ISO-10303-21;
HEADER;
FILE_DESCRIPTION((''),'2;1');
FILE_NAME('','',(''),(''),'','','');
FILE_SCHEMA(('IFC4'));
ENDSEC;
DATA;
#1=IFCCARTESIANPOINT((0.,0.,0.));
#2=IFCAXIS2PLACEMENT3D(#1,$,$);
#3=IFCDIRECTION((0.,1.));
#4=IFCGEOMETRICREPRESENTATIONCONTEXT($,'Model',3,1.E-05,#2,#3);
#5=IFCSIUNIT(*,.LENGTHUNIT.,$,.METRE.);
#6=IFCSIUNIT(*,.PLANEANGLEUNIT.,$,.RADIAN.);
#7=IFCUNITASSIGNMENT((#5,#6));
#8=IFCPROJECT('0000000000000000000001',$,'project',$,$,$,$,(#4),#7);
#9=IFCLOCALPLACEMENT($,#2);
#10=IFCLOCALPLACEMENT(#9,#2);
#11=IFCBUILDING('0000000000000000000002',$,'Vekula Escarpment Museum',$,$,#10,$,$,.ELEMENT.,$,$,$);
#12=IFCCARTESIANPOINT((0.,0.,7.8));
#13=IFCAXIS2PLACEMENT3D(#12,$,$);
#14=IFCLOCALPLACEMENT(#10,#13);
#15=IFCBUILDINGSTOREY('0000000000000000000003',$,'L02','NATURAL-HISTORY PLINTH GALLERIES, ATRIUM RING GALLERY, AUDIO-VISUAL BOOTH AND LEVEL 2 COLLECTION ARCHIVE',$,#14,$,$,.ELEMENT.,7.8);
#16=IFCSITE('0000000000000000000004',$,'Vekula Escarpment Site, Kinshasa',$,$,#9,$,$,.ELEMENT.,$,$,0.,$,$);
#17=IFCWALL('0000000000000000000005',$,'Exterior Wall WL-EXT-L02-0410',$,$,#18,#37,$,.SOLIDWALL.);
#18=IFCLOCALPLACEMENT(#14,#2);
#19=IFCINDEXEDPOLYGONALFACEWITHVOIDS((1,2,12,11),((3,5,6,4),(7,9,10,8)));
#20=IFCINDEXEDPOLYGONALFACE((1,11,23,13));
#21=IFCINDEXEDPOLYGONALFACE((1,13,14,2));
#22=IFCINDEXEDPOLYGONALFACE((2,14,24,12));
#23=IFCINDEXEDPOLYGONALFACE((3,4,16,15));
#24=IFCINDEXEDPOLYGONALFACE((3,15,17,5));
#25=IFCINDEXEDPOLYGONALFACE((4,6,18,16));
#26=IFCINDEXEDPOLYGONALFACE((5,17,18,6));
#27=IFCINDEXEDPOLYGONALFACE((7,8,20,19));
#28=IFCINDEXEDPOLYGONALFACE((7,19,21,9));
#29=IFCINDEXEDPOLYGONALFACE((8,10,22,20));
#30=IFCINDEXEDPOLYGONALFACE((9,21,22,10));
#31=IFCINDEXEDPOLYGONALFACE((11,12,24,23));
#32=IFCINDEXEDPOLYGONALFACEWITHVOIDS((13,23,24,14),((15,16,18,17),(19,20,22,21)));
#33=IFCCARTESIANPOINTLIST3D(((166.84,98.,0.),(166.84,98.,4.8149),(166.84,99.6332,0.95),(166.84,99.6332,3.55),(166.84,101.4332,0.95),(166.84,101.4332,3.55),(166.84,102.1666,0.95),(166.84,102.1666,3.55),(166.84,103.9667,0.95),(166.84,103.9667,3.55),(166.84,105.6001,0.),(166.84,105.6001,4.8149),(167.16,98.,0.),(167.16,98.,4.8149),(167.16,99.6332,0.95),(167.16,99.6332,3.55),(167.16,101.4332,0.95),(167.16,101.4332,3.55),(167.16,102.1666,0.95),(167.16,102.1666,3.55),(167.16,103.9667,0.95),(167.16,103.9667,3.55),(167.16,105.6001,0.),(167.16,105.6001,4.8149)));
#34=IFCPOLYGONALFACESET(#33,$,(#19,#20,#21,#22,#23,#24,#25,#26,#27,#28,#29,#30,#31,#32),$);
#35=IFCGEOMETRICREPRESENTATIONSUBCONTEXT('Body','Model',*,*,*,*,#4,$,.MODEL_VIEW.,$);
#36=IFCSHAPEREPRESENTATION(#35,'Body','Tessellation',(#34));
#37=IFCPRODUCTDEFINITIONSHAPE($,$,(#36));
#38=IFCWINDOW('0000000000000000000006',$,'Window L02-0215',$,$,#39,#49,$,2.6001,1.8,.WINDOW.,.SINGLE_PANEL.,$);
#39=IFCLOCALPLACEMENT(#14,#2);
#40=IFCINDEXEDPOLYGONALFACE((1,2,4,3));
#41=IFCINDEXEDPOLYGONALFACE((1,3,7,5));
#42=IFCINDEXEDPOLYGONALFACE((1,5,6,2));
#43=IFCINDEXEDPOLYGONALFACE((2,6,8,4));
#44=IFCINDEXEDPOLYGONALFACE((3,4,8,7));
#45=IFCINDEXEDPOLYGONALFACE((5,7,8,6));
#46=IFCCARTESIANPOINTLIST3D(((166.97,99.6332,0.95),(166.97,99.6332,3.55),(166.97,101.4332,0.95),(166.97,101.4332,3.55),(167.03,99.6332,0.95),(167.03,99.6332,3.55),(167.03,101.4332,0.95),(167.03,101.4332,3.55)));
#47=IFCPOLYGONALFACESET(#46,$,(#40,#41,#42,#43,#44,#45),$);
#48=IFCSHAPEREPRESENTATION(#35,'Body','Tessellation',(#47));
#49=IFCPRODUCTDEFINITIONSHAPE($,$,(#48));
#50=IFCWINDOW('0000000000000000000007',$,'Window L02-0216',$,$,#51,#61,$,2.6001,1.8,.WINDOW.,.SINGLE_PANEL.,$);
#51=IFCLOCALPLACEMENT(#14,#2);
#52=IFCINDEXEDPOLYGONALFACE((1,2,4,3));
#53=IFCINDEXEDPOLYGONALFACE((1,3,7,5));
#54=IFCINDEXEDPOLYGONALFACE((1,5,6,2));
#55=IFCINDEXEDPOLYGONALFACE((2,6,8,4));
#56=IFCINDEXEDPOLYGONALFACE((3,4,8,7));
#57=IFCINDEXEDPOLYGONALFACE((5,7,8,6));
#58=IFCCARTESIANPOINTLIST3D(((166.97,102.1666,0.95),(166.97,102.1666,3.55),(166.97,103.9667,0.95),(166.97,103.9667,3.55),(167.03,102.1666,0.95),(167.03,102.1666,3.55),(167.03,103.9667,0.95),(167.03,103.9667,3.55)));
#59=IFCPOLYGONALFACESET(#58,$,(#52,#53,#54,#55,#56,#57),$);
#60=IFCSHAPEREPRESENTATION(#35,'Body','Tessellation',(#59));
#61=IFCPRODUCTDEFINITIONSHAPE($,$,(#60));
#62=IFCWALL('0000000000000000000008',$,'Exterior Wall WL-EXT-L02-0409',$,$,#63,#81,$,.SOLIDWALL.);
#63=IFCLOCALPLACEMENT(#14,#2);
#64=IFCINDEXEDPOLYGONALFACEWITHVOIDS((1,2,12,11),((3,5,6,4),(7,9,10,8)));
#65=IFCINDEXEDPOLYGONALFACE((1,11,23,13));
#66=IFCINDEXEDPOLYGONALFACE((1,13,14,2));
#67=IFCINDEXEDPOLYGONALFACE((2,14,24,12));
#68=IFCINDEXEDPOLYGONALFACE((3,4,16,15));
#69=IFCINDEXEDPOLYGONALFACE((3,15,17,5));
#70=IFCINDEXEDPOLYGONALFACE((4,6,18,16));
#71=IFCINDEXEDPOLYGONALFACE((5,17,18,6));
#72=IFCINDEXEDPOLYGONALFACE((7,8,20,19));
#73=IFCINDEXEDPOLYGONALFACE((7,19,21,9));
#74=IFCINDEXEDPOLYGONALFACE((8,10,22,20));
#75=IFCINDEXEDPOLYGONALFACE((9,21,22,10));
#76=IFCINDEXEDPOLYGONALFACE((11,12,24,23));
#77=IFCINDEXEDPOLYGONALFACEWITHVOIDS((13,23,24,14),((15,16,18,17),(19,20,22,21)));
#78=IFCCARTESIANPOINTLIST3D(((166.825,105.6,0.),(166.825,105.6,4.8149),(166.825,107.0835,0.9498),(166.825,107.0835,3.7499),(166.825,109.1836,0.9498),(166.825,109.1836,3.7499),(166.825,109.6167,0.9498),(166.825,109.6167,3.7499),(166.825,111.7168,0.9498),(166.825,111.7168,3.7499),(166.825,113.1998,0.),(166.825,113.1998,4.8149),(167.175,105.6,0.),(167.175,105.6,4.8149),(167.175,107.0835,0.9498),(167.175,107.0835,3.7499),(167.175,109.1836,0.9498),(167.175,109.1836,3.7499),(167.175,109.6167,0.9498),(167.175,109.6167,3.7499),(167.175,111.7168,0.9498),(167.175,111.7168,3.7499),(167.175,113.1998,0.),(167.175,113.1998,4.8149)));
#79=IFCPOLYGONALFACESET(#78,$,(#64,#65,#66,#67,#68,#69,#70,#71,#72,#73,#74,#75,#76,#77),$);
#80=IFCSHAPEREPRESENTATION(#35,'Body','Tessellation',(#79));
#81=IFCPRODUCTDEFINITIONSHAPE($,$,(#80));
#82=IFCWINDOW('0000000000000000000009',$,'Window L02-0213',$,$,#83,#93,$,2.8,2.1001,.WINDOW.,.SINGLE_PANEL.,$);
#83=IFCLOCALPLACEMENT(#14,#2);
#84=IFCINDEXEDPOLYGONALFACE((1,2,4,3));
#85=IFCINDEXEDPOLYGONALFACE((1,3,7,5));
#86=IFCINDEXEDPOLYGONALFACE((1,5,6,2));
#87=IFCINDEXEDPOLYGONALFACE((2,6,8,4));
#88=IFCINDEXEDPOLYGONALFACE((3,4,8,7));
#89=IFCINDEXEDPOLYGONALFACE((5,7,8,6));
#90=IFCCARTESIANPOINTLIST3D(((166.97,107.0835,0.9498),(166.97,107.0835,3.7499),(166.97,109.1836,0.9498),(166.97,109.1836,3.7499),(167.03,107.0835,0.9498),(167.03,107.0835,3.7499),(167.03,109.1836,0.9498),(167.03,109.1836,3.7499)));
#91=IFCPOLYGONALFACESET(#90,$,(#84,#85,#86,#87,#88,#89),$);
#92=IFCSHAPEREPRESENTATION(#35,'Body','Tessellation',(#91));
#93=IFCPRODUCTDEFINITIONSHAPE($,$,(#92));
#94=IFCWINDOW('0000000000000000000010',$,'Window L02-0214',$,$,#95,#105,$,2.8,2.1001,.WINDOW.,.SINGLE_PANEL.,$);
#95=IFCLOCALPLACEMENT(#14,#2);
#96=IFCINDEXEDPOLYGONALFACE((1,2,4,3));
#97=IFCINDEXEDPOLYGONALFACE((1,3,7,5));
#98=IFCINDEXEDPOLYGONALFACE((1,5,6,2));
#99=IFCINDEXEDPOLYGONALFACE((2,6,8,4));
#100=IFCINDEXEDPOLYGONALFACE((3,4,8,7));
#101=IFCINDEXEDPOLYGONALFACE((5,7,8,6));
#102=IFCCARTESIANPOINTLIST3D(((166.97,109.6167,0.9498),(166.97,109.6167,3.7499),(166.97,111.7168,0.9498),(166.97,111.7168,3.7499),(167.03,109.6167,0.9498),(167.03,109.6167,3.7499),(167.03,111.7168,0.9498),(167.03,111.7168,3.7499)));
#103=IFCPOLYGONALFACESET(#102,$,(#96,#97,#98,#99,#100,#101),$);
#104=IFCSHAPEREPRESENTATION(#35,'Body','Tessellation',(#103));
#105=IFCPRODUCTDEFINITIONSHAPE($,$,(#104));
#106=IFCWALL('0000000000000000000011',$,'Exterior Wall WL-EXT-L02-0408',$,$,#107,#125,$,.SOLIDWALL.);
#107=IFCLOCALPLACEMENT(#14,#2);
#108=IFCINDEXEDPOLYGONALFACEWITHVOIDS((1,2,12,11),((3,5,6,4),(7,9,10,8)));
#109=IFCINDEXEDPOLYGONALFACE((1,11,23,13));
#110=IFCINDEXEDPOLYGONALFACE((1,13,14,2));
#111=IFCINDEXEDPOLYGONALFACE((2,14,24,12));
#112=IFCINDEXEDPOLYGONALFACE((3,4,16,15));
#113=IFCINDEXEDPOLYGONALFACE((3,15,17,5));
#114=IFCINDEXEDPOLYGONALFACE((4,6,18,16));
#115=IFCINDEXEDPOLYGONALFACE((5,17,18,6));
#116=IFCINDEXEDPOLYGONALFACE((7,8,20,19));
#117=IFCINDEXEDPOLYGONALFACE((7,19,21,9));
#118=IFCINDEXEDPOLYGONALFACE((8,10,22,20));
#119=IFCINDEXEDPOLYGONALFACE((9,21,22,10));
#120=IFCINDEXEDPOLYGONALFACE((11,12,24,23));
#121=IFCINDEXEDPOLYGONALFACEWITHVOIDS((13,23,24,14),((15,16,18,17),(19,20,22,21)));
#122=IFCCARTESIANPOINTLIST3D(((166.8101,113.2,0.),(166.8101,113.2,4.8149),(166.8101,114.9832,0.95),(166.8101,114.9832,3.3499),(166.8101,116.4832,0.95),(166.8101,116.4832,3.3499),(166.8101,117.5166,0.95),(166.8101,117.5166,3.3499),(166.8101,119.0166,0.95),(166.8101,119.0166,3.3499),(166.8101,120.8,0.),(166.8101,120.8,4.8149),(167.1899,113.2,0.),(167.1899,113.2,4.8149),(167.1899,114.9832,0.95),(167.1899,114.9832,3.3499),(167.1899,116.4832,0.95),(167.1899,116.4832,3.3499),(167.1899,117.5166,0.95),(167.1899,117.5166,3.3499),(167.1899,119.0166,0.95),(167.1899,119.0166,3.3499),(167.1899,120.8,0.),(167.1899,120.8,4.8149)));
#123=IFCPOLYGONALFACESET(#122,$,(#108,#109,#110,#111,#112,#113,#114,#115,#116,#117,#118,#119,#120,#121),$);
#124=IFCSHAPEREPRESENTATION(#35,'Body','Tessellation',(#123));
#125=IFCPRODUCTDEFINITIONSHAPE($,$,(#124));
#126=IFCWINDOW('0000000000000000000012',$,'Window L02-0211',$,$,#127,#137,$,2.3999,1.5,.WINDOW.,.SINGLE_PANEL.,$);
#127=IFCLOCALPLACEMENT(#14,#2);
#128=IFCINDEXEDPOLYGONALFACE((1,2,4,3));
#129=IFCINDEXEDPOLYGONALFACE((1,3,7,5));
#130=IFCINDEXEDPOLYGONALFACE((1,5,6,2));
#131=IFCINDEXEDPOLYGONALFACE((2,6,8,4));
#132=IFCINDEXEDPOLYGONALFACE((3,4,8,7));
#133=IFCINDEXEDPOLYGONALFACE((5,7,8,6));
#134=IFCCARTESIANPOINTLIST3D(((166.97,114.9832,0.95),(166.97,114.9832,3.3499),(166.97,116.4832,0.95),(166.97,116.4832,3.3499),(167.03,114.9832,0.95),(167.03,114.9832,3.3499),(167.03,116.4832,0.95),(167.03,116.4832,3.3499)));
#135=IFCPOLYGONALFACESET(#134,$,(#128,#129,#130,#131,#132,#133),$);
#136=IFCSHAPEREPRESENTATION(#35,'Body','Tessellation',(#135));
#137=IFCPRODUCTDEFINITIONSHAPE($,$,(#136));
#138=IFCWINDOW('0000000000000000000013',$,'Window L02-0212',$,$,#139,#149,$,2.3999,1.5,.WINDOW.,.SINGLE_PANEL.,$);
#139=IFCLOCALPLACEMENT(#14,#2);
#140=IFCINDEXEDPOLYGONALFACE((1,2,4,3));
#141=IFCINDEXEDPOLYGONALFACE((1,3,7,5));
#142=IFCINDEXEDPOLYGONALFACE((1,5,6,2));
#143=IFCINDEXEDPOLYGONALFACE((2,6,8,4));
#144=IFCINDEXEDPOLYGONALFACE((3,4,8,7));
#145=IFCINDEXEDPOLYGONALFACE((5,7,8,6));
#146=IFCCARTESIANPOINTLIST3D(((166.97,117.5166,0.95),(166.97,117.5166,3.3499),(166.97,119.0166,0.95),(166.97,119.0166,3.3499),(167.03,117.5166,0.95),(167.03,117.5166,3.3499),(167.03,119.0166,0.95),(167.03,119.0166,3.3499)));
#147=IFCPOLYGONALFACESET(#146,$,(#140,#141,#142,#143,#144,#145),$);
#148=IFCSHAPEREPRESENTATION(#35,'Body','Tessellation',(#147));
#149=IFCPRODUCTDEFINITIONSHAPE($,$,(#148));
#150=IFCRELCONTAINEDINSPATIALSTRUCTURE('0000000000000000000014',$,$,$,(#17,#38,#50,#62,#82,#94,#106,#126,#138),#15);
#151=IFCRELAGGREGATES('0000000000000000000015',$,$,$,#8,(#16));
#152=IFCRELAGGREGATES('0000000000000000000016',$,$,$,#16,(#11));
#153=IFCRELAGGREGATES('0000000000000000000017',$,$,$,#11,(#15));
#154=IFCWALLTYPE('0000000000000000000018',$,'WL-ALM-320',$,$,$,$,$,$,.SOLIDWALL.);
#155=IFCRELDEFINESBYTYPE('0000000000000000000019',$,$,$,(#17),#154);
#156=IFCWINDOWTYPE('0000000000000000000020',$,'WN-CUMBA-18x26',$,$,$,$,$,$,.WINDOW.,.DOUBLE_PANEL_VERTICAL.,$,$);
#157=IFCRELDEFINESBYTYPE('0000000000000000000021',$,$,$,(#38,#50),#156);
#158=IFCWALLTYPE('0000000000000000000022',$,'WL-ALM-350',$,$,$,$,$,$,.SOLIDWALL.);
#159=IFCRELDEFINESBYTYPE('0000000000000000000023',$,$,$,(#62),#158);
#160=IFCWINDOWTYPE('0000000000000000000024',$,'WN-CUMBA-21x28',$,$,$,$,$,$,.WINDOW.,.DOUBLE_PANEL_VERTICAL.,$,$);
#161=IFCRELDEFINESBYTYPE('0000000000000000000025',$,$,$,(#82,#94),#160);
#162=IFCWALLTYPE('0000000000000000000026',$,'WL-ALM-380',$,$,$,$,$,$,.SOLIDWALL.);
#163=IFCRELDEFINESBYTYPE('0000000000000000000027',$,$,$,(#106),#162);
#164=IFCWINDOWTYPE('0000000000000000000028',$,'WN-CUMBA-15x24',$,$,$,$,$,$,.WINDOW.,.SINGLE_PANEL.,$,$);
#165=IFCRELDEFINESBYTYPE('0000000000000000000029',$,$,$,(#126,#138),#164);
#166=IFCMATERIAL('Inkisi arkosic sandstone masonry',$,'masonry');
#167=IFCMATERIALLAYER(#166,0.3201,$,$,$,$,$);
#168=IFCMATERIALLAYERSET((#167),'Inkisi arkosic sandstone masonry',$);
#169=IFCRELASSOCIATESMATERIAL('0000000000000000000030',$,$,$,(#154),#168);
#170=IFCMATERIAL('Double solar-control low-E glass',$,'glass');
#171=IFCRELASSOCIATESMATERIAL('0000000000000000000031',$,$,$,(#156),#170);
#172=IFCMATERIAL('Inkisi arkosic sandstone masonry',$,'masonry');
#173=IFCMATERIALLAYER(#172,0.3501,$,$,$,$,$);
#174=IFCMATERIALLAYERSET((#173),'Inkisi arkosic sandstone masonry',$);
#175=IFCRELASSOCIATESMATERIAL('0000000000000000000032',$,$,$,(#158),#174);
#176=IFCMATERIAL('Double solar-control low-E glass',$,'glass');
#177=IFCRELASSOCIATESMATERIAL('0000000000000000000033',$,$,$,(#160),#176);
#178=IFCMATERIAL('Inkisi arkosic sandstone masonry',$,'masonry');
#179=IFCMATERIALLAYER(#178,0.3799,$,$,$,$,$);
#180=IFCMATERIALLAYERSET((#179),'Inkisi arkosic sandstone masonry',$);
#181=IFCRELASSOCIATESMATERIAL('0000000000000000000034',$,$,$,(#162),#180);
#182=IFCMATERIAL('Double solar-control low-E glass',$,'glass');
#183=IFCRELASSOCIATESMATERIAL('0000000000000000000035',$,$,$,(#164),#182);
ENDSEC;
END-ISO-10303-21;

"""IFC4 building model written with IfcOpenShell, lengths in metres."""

from ifc_helpers import new_model, si_unit, direction, frame, frame_2d, origin, place, context, subcontext, project, spatial, rectangle, extrude, material, layer, layer_set, type_object, element, fill, save


model = new_model("IFC4")

# Units and contexts
model_context = context("Model", 3, precision=1e-05, world=origin(), true_north=direction((0.0, 1.0)))
body_context = subcontext(model_context, "Body", "Model", "MODEL_VIEW")
ifc_project = project(units=[si_unit("LENGTHUNIT", "METRE"), si_unit("PLANEANGLEUNIT", "RADIAN")], contexts=[model_context])

# Site, building, storey
site_placement = place(None, origin())
site = spatial("IfcSite", under=ifc_project, at=site_placement, Name="Vekula Escarpment Site, Kinshasa", CompositionType="ELEMENT", RefElevation=0.0)
building_placement = place(site_placement, origin())
building = spatial("IfcBuilding", under=site, at=building_placement, Name="Vekula Escarpment Museum", CompositionType="ELEMENT")
storey_placement = place(building_placement, frame((0.0, 0.0, 7.8)))
storey = spatial("IfcBuildingStorey", under=building, at=storey_placement, Name="L02", Description="NATURAL-HISTORY PLINTH GALLERIES, ATRIUM RING GALLERY, AUDIO-VISUAL BOOTH AND LEVEL 2 COLLECTION ARCHIVE", CompositionType="ELEMENT", Elevation=7.8)

# Walls, openings, windows
ifc_material_1 = material(Name="Inkisi arkosic sandstone masonry", Category="masonry")
ifc_layer_1 = layer(ifc_material_1, 0.3201)
ifc_layer_set_1 = layer_set([ifc_layer_1], Name="Inkisi arkosic sandstone masonry")
wall_type_1 = type_object("IfcWallType", Name="WL-ALM-320", PredefinedType="SOLIDWALL", material=ifc_layer_set_1)
wall_1_placement = place(storey_placement, frame((167.0, 98.0, 0.0), z_axis=(0.0, 0.0, 1.0), x_axis=(0.0, 1.0, 0.0)))
wall_1 = element("IfcWall", 1, at=wall_1_placement, inside=storey, type_object=wall_type_1, Name="Exterior Wall WL-EXT-L02-0410", PredefinedType="SOLIDWALL", context=body_context, shape_type="SweptSolid", body=[
    extrude(rectangle(XDim=7.6001, YDim=0.3201, at=frame_2d((3.8, 0.0))), origin(), (0.0, 0.0, 1.0), 4.8149),
])
opening_1_placement = place(wall_1_placement, frame((1.6333, 0.0, 0.95)))
opening_1 = element("IfcOpeningElement", 2, at=opening_1_placement, cuts=wall_1, PredefinedType="OPENING", context=body_context, shape_type="SweptSolid", body=[
    extrude(rectangle(XDim=1.8, YDim=2.6001, at=frame_2d((0.8999, 1.3))), frame((0.0, 0.1699, 0.0), z_axis=(0.0, -1.0, 0.0), x_axis=(1.0, 0.0, 0.0)), (0.0, 0.0, 1.0), 0.3401),
])
opening_2_placement = place(wall_1_placement, frame((4.1667, 0.0, 0.95)))
opening_2 = element("IfcOpeningElement", 3, at=opening_2_placement, cuts=wall_1, PredefinedType="OPENING", context=body_context, shape_type="SweptSolid", body=[
    extrude(rectangle(XDim=1.8, YDim=2.6001, at=frame_2d((0.8999, 1.3))), frame((0.0, 0.1699, 0.0), z_axis=(0.0, -1.0, 0.0), x_axis=(1.0, 0.0, 0.0)), (0.0, 0.0, 1.0), 0.3401),
])
ifc_material_2 = material(Name="Double solar-control low-E glass", Category="glass")
window_type_1 = type_object("IfcWindowType", Name="WN-CUMBA-18x26", PartitioningType="DOUBLE_PANEL_VERTICAL", PredefinedType="WINDOW", material=ifc_material_2)
window_1_placement = place(opening_1_placement, origin())
window_1 = element("IfcWindow", 4, at=window_1_placement, inside=storey, type_object=window_type_1, Name="Window L02-0215", OverallHeight=2.6001, OverallWidth=1.8, PartitioningType="SINGLE_PANEL", PredefinedType="WINDOW", context=body_context, shape_type="SweptSolid", body=[
    extrude(rectangle(XDim=1.8, YDim=2.6001, at=frame_2d((0.8999, 1.3))), frame((0.0, 0.03, 0.0), z_axis=(0.0, -1.0, 0.0), x_axis=(1.0, 0.0, 0.0)), (0.0, 0.0, 1.0), 0.0601),
])
fill(opening_1, window_1)
window_2_placement = place(opening_2_placement, origin())
window_2 = element("IfcWindow", 5, at=window_2_placement, inside=storey, type_object=window_type_1, Name="Window L02-0216", OverallHeight=2.6001, OverallWidth=1.8, PartitioningType="SINGLE_PANEL", PredefinedType="WINDOW", context=body_context, shape_type="SweptSolid", body=[
    extrude(rectangle(XDim=1.8, YDim=2.6001, at=frame_2d((0.8999, 1.3))), frame((0.0, 0.03, 0.0), z_axis=(0.0, -1.0, 0.0), x_axis=(1.0, 0.0, 0.0)), (0.0, 0.0, 1.0), 0.0601),
])
fill(opening_2, window_2)
ifc_material_3 = material(Name="Inkisi arkosic sandstone masonry", Category="masonry")
ifc_layer_2 = layer(ifc_material_3, 0.3501)
ifc_layer_set_2 = layer_set([ifc_layer_2], Name="Inkisi arkosic sandstone masonry")
wall_type_2 = type_object("IfcWallType", Name="WL-ALM-350", PredefinedType="SOLIDWALL", material=ifc_layer_set_2)
wall_2_placement = place(storey_placement, frame((167.0, 105.6001, 0.0), z_axis=(0.0, 0.0, 1.0), x_axis=(0.0, 1.0, 0.0)))
wall_2 = element("IfcWall", 6, at=wall_2_placement, inside=storey, type_object=wall_type_2, Name="Exterior Wall WL-EXT-L02-0409", PredefinedType="SOLIDWALL", context=body_context, shape_type="SweptSolid", body=[
    extrude(rectangle(XDim=7.5999, YDim=0.3501, at=frame_2d((3.7998, 0.0))), origin(), (0.0, 0.0, 1.0), 4.8149),
])
opening_3_placement = place(wall_2_placement, frame((1.4834, 0.0, 0.95)))
opening_3 = element("IfcOpeningElement", 7, at=opening_3_placement, cuts=wall_2, PredefinedType="OPENING", context=body_context, shape_type="SweptSolid", body=[
    extrude(rectangle(XDim=2.1001, YDim=2.8, at=frame_2d((1.05, 1.3999))), frame((0.0, 0.1851, 0.0), z_axis=(0.0, -1.0, 0.0), x_axis=(1.0, 0.0, 0.0)), (0.0, 0.0, 1.0), 0.3701),
])
opening_4_placement = place(wall_2_placement, frame((4.0166, 0.0, 0.95)))
opening_4 = element("IfcOpeningElement", 8, at=opening_4_placement, cuts=wall_2, PredefinedType="OPENING", context=body_context, shape_type="SweptSolid", body=[
    extrude(rectangle(XDim=2.1001, YDim=2.8, at=frame_2d((1.05, 1.3999))), frame((0.0, 0.1851, 0.0), z_axis=(0.0, -1.0, 0.0), x_axis=(1.0, 0.0, 0.0)), (0.0, 0.0, 1.0), 0.3701),
])
ifc_material_4 = material(Name="Double solar-control low-E glass", Category="glass")
window_type_2 = type_object("IfcWindowType", Name="WN-CUMBA-21x28", PartitioningType="DOUBLE_PANEL_VERTICAL", PredefinedType="WINDOW", material=ifc_material_4)
window_3_placement = place(opening_3_placement, origin())
window_3 = element("IfcWindow", 9, at=window_3_placement, inside=storey, type_object=window_type_2, Name="Window L02-0213", OverallHeight=2.8, OverallWidth=2.1001, PartitioningType="SINGLE_PANEL", PredefinedType="WINDOW", context=body_context, shape_type="SweptSolid", body=[
    extrude(rectangle(XDim=2.1001, YDim=2.8, at=frame_2d((1.05, 1.3999))), frame((0.0, 0.03, 0.0), z_axis=(0.0, -1.0, 0.0), x_axis=(1.0, 0.0, 0.0)), (0.0, 0.0, 1.0), 0.0601),
])
fill(opening_3, window_3)
window_4_placement = place(opening_4_placement, origin())
window_4 = element("IfcWindow", 10, at=window_4_placement, inside=storey, type_object=window_type_2, Name="Window L02-0214", OverallHeight=2.8, OverallWidth=2.1001, PartitioningType="SINGLE_PANEL", PredefinedType="WINDOW", context=body_context, shape_type="SweptSolid", body=[
    extrude(rectangle(XDim=2.1001, YDim=2.8, at=frame_2d((1.05, 1.3999))), frame((0.0, 0.03, 0.0), z_axis=(0.0, -1.0, 0.0), x_axis=(1.0, 0.0, 0.0)), (0.0, 0.0, 1.0), 0.0601),
])
fill(opening_4, window_4)
ifc_material_5 = material(Name="Inkisi arkosic sandstone masonry", Category="masonry")
ifc_layer_3 = layer(ifc_material_5, 0.3799)
ifc_layer_set_3 = layer_set([ifc_layer_3], Name="Inkisi arkosic sandstone masonry")
wall_type_3 = type_object("IfcWallType", Name="WL-ALM-380", PredefinedType="SOLIDWALL", material=ifc_layer_set_3)
wall_3_placement = place(storey_placement, frame((167.0, 113.2, 0.0), z_axis=(0.0, 0.0, 1.0), x_axis=(0.0, 1.0, 0.0)))
wall_3 = element("IfcWall", 11, at=wall_3_placement, inside=storey, type_object=wall_type_3, Name="Exterior Wall WL-EXT-L02-0408", PredefinedType="SOLIDWALL", context=body_context, shape_type="SweptSolid", body=[
    extrude(rectangle(XDim=7.6001, YDim=0.3799, at=frame_2d((3.8, 0.0))), origin(), (0.0, 0.0, 1.0), 4.8149),
])
opening_5_placement = place(wall_3_placement, frame((1.7832, 0.0, 0.95)))
opening_5 = element("IfcOpeningElement", 12, at=opening_5_placement, cuts=wall_3, PredefinedType="OPENING", context=body_context, shape_type="SweptSolid", body=[
    extrude(rectangle(XDim=1.5, YDim=2.3999, at=frame_2d((0.75, 1.2))), frame((0.0, 0.2, 0.0), z_axis=(0.0, -1.0, 0.0), x_axis=(1.0, 0.0, 0.0)), (0.0, 0.0, 1.0), 0.3999),
])
opening_6_placement = place(wall_3_placement, frame((4.3167, 0.0, 0.95)))
opening_6 = element("IfcOpeningElement", 13, at=opening_6_placement, cuts=wall_3, PredefinedType="OPENING", context=body_context, shape_type="SweptSolid", body=[
    extrude(rectangle(XDim=1.5, YDim=2.3999, at=frame_2d((0.75, 1.2))), frame((0.0, 0.2, 0.0), z_axis=(0.0, -1.0, 0.0), x_axis=(1.0, 0.0, 0.0)), (0.0, 0.0, 1.0), 0.3999),
])
ifc_material_6 = material(Name="Double solar-control low-E glass", Category="glass")
window_type_3 = type_object("IfcWindowType", Name="WN-CUMBA-15x24", PartitioningType="SINGLE_PANEL", PredefinedType="WINDOW", material=ifc_material_6)
window_5_placement = place(opening_5_placement, origin())
window_5 = element("IfcWindow", 14, at=window_5_placement, inside=storey, type_object=window_type_3, Name="Window L02-0211", OverallHeight=2.3999, OverallWidth=1.5, PartitioningType="SINGLE_PANEL", PredefinedType="WINDOW", context=body_context, shape_type="SweptSolid", body=[
    extrude(rectangle(XDim=1.5, YDim=2.3999, at=frame_2d((0.75, 1.2))), frame((0.0, 0.03, 0.0), z_axis=(0.0, -1.0, 0.0), x_axis=(1.0, 0.0, 0.0)), (0.0, 0.0, 1.0), 0.0601),
])
fill(opening_5, window_5)
window_6_placement = place(opening_6_placement, origin())
window_6 = element("IfcWindow", 15, at=window_6_placement, inside=storey, type_object=window_type_3, Name="Window L02-0212", OverallHeight=2.3999, OverallWidth=1.5, PartitioningType="SINGLE_PANEL", PredefinedType="WINDOW", context=body_context, shape_type="SweptSolid", body=[
    extrude(rectangle(XDim=1.5, YDim=2.3999, at=frame_2d((0.75, 1.2))), frame((0.0, 0.03, 0.0), z_axis=(0.0, -1.0, 0.0), x_axis=(1.0, 0.0, 0.0)), (0.0, 0.0, 1.0), 0.0601),
])
fill(opening_6, window_6)

save(model, "model.ifc")
